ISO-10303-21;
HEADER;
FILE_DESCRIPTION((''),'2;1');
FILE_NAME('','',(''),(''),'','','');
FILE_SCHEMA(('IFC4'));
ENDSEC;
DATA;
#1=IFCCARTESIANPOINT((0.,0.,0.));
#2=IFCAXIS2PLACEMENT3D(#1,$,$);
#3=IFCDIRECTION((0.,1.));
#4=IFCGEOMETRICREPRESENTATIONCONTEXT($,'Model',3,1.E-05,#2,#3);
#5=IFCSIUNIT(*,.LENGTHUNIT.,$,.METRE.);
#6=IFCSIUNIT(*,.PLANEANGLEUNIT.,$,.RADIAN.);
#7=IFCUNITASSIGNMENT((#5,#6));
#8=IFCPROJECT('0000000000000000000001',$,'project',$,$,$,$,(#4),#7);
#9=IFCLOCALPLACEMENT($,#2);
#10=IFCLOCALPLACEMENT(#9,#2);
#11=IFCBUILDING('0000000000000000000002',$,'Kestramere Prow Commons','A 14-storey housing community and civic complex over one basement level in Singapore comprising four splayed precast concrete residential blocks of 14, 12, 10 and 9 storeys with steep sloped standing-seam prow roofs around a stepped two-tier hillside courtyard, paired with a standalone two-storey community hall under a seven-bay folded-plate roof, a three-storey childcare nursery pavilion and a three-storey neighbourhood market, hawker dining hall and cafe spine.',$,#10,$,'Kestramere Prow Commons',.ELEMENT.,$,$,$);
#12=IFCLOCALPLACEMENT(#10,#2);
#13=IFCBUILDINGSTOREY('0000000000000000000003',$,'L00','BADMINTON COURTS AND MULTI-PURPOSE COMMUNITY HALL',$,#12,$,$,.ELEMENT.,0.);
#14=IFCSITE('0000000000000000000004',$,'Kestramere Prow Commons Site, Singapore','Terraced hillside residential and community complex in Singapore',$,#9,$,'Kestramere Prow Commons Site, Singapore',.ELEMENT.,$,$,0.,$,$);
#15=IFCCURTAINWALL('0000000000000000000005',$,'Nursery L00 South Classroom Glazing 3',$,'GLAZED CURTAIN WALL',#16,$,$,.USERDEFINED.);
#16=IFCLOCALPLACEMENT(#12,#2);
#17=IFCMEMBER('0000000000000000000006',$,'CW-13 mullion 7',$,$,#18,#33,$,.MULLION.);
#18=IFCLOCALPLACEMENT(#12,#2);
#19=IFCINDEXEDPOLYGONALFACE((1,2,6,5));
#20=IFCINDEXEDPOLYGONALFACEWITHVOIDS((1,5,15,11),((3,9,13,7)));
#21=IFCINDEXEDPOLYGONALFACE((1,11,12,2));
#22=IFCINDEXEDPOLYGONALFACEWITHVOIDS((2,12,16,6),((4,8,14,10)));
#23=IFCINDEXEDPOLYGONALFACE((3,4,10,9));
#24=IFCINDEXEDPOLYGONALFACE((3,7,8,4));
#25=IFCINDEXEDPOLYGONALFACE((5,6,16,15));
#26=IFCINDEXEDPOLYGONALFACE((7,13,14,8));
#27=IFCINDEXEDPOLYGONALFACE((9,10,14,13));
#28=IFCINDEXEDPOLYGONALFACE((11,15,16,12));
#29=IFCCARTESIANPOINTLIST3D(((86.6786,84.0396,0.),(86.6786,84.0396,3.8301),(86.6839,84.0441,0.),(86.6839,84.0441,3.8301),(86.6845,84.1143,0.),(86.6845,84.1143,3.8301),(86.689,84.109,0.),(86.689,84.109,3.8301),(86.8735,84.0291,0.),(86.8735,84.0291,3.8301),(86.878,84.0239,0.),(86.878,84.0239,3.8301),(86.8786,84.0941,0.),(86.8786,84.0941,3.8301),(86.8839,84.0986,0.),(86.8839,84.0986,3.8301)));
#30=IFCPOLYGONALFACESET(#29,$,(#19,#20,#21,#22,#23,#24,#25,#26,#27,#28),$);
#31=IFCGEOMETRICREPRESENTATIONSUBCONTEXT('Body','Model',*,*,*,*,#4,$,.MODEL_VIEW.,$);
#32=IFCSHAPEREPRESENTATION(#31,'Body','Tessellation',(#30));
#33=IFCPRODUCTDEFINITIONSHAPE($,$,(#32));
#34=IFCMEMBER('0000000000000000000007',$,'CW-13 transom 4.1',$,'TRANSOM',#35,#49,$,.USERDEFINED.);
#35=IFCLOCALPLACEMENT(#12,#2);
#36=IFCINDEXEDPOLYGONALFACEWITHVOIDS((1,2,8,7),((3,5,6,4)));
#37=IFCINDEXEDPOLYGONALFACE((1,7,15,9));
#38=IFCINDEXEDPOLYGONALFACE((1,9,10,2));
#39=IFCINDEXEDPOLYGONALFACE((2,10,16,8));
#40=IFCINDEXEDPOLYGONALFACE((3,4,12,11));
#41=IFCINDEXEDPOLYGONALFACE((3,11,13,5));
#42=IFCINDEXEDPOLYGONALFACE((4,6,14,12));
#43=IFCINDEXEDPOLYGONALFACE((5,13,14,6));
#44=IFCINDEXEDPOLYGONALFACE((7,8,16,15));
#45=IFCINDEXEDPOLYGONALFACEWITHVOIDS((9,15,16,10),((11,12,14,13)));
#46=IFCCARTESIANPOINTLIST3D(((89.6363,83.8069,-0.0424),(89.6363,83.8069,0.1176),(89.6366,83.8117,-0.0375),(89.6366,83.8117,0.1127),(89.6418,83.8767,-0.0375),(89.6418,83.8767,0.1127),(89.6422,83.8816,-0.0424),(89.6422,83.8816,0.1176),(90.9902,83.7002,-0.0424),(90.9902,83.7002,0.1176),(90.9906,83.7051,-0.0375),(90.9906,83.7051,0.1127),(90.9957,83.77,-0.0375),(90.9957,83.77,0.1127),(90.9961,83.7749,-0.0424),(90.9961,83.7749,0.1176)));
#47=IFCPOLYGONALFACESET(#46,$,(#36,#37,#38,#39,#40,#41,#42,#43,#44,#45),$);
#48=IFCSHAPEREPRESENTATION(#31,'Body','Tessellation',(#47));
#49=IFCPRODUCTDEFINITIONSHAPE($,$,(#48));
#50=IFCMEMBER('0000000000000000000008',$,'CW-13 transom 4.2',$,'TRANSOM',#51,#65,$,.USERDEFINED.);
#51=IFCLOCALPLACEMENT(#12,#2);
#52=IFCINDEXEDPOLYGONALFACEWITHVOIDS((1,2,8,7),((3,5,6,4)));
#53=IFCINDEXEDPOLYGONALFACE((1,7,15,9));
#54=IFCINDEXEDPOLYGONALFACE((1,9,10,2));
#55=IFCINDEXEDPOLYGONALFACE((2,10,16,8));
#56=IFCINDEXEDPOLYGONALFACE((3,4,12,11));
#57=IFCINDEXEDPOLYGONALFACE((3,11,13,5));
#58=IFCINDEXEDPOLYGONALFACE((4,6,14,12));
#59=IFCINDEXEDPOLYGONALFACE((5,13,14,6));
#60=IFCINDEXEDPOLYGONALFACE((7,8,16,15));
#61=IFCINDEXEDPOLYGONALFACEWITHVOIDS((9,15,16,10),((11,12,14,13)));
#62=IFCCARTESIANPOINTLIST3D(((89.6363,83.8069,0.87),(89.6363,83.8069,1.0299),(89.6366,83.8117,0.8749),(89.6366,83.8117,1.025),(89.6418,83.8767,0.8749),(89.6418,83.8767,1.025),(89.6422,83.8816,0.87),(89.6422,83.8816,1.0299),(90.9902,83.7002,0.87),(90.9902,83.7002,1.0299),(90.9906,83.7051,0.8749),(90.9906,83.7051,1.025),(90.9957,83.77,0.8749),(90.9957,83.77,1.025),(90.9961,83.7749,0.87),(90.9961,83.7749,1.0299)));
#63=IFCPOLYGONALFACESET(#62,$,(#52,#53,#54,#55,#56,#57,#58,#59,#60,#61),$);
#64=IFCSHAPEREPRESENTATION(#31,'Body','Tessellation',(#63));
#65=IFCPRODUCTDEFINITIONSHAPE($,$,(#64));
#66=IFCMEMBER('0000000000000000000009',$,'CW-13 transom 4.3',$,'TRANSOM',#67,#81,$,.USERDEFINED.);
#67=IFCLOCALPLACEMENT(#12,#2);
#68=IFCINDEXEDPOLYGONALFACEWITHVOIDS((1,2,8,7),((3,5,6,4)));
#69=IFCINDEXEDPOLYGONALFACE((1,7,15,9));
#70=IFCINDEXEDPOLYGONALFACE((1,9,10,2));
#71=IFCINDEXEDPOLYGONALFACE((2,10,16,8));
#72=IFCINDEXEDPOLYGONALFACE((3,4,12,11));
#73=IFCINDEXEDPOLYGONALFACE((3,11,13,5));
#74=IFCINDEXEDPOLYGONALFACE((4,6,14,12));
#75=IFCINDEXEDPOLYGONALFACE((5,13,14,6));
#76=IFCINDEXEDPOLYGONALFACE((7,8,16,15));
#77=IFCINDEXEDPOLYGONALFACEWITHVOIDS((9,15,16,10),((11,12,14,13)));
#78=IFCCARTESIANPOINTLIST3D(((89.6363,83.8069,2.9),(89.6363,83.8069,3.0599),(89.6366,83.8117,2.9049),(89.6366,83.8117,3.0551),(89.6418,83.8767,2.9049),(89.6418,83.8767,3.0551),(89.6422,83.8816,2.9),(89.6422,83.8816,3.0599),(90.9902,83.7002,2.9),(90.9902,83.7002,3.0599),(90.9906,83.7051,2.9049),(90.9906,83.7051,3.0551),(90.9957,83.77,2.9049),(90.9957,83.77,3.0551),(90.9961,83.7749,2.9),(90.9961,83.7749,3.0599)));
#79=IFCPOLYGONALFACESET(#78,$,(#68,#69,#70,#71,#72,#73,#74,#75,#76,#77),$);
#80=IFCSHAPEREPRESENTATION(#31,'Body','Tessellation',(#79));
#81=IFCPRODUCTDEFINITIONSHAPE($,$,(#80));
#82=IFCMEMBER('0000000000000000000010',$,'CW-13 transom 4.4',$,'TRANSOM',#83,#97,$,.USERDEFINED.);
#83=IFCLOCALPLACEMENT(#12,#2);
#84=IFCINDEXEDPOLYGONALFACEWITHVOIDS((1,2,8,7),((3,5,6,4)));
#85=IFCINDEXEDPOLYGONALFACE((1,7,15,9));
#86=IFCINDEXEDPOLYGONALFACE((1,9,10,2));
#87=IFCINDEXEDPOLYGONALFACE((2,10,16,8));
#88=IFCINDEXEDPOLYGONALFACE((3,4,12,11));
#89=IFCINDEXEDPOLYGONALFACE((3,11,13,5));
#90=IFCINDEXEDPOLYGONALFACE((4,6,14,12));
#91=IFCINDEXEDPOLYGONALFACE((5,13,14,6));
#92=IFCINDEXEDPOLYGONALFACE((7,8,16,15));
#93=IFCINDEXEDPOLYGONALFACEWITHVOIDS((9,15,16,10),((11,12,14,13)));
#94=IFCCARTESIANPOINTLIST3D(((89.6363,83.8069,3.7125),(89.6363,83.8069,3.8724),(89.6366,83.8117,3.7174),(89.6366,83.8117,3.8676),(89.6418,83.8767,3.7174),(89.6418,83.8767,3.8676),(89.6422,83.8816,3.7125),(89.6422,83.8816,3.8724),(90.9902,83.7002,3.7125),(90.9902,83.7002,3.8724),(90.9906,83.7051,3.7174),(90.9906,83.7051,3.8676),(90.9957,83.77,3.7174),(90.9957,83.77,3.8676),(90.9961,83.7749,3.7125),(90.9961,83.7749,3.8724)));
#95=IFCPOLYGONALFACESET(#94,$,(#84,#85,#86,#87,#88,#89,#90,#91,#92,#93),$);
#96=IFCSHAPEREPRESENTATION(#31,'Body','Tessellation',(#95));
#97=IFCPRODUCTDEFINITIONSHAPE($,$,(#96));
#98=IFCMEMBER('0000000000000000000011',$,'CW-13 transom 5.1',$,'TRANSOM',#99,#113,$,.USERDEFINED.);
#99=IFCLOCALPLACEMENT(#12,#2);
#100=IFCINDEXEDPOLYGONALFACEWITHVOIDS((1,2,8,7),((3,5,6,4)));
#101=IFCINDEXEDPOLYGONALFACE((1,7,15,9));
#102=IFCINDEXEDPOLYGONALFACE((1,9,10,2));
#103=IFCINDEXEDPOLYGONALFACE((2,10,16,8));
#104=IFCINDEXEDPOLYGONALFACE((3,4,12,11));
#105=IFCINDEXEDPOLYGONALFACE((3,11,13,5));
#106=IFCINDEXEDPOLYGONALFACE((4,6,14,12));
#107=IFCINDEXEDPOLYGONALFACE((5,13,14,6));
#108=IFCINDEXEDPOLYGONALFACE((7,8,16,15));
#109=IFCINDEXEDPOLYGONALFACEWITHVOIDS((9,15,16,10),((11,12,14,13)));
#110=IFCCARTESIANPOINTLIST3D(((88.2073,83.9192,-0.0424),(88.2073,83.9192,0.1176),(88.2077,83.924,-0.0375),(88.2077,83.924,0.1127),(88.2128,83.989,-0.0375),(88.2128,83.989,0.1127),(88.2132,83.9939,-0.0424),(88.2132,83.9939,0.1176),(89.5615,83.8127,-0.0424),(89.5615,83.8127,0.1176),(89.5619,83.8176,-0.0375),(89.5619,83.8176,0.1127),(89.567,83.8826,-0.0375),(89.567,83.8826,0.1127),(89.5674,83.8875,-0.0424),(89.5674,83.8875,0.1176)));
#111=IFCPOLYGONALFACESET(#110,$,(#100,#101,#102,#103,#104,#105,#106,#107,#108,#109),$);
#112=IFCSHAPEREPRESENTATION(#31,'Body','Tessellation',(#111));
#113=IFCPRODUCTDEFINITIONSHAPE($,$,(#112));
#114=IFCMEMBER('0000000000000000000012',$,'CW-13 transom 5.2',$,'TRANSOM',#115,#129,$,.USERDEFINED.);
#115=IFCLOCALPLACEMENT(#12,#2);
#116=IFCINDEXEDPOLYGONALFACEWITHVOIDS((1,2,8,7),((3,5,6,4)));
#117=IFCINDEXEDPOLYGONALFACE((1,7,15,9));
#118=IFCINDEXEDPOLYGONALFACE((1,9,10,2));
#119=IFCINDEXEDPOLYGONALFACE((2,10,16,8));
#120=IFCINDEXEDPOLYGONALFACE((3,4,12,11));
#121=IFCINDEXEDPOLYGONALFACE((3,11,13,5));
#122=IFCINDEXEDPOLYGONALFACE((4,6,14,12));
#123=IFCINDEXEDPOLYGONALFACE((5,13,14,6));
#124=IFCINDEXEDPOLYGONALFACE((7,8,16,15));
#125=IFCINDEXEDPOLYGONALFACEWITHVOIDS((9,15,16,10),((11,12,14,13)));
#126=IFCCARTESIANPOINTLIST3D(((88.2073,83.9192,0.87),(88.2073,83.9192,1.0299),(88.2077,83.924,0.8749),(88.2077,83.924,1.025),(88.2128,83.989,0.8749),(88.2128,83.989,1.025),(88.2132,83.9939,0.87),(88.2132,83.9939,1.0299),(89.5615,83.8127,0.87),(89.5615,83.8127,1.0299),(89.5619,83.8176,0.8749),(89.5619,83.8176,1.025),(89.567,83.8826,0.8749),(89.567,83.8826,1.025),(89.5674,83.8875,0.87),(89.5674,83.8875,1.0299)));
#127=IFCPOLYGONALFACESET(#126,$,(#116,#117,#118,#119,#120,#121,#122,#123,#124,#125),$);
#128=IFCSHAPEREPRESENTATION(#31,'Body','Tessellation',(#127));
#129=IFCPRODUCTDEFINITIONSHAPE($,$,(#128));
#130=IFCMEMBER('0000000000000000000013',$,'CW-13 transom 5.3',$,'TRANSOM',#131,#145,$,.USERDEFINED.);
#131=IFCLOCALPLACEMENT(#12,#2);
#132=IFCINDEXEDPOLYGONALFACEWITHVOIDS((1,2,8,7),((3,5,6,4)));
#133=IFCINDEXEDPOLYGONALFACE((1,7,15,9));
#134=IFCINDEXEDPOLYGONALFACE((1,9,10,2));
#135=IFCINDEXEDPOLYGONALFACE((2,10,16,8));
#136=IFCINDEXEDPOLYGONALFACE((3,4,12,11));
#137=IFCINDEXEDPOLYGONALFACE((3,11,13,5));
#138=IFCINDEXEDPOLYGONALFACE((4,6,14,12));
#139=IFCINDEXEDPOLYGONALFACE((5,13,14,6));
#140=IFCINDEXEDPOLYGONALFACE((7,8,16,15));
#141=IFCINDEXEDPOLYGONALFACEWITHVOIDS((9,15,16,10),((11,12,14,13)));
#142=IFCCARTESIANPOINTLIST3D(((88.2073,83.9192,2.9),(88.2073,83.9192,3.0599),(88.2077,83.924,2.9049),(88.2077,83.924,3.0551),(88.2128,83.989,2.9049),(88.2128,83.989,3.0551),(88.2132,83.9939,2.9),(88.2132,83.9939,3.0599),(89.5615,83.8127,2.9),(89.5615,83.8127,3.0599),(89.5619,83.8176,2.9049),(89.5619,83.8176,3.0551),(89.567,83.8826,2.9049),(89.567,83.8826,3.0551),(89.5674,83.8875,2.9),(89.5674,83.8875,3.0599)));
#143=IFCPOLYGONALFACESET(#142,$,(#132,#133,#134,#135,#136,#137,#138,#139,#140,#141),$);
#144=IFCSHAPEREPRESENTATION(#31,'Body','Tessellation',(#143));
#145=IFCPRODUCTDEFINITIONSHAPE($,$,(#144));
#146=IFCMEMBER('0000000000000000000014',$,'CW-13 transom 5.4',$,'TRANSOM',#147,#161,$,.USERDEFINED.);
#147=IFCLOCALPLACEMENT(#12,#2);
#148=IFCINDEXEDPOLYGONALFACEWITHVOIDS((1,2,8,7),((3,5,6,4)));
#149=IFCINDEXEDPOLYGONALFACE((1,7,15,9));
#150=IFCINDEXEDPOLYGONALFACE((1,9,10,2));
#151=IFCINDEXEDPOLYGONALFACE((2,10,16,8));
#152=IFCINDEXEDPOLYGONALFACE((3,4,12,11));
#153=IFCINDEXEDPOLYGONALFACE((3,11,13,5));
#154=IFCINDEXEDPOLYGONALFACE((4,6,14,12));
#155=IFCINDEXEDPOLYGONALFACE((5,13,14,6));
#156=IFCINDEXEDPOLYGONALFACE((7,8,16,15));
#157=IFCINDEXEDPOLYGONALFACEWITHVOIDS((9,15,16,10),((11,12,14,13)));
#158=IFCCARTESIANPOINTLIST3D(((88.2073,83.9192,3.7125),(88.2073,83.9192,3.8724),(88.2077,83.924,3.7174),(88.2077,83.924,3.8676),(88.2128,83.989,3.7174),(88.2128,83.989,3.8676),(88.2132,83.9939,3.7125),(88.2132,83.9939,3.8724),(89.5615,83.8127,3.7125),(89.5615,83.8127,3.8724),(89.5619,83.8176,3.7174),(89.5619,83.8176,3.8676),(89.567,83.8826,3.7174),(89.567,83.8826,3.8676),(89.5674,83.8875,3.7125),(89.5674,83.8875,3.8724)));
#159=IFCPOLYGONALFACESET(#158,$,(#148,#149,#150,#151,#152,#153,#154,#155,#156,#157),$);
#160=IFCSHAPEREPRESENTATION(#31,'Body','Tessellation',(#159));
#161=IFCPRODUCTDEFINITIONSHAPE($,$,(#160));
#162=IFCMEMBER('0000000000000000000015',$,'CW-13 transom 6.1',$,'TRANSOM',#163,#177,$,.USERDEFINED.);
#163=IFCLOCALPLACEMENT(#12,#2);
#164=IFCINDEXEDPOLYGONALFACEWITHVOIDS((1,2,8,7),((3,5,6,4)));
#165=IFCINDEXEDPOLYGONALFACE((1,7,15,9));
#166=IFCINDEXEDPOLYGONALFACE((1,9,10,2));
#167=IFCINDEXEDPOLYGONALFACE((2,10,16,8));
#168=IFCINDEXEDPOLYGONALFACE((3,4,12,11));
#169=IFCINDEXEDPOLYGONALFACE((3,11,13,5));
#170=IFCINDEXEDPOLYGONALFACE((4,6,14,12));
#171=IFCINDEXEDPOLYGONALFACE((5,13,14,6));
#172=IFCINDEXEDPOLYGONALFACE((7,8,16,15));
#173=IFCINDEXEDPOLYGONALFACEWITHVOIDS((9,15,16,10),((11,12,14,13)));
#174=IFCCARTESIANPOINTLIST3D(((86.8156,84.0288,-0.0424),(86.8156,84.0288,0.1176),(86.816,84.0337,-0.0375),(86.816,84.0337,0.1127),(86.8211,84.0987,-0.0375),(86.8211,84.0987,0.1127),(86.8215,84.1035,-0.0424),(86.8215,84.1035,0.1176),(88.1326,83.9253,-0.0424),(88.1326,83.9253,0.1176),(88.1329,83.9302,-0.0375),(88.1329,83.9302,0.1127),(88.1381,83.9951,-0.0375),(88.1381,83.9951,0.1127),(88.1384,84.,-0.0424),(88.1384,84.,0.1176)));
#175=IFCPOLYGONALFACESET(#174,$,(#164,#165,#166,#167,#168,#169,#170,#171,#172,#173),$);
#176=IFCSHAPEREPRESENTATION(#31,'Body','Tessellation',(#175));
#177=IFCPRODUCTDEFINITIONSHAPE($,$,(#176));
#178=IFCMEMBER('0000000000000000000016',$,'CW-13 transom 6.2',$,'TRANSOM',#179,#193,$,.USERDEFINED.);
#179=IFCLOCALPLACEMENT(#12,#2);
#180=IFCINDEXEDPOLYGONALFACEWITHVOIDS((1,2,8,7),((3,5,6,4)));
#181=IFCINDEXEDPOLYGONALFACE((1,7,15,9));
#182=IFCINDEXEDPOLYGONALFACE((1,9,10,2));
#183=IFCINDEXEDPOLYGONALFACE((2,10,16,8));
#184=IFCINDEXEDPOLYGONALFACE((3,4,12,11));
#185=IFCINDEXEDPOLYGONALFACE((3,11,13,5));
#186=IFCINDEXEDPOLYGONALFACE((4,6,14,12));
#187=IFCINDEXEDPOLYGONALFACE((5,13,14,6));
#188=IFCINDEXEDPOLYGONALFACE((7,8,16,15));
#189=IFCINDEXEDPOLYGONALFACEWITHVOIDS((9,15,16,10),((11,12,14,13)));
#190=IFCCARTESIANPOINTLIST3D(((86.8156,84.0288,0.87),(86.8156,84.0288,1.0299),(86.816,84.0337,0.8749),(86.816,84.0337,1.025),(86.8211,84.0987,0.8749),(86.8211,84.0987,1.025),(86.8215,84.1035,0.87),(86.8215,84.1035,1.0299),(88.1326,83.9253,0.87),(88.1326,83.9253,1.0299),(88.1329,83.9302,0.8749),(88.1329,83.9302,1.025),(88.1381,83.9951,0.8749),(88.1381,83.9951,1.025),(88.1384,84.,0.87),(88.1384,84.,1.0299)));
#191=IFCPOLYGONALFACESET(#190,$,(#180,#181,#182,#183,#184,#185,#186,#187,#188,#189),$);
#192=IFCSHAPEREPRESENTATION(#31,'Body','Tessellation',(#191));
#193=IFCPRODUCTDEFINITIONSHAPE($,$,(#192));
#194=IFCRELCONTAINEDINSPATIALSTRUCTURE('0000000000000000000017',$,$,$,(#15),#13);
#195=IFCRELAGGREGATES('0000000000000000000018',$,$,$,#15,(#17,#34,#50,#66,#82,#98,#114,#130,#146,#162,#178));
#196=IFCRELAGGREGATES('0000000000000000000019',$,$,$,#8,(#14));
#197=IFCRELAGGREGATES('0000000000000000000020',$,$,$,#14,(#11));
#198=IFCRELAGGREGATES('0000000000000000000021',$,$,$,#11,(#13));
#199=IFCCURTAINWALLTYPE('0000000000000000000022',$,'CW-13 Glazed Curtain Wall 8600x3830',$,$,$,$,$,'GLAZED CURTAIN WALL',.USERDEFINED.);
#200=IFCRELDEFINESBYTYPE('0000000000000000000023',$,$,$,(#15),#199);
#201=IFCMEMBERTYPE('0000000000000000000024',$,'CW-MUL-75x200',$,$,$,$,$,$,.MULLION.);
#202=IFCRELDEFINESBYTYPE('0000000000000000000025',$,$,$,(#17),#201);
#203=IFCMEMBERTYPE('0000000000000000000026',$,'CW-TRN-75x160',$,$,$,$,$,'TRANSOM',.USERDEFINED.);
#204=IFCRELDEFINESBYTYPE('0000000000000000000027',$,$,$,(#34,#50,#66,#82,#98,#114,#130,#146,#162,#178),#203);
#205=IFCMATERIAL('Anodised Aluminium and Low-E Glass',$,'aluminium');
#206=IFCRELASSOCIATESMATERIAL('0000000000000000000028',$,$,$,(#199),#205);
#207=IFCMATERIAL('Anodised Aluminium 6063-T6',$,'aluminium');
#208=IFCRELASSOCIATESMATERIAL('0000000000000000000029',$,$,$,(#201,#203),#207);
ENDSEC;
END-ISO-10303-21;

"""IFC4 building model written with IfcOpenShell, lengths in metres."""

from ifc_helpers import new_model, si_unit, direction, frame, origin, origin_2d, place, context, subcontext, project, spatial, hollow_rectangle, extrude, material, material_profile, profile_set, type_object, element, aggregate, save


model = new_model("IFC4")

# Units and contexts
model_context = context("Model", 3, precision=1e-05, world=origin(), true_north=direction((0.0, 1.0)))
body_context = subcontext(model_context, "Body", "Model", "MODEL_VIEW")
ifc_project = project(units=[si_unit("LENGTHUNIT", "METRE"), si_unit("PLANEANGLEUNIT", "RADIAN")], contexts=[model_context])

# Site, building, storey
site_placement = place(None, origin())
site = spatial("IfcSite", under=ifc_project, at=site_placement, Name="Kestramere Prow Commons Site, Singapore", Description="Terraced hillside residential and community complex in Singapore", LongName="Kestramere Prow Commons Site, Singapore", CompositionType="ELEMENT", RefElevation=0.0)
building_placement = place(site_placement, origin())
building = spatial("IfcBuilding", under=site, at=building_placement, Name="Kestramere Prow Commons", Description="A 14-storey housing community and civic complex over one basement level in Singapore comprising four splayed precast concrete residential blocks of 14, 12, 10 and 9 storeys with steep sloped standing-seam prow roofs around a stepped two-tier hillside courtyard, paired with a standalone two-storey community hall under a seven-bay folded-plate roof, a three-storey childcare nursery pavilion and a three-storey neighbourhood market, hawker dining hall and cafe spine.", LongName="Kestramere Prow Commons", CompositionType="ELEMENT")
storey_placement = place(building_placement, origin())
storey = spatial("IfcBuildingStorey", under=building, at=storey_placement, Name="L00", Description="BADMINTON COURTS AND MULTI-PURPOSE COMMUNITY HALL", CompositionType="ELEMENT", Elevation=0.0)

# Curtain wall, members
ifc_material_1 = material(Name="Anodised Aluminium and Low-E Glass", Category="aluminium")
curtain_wall_type = type_object("IfcCurtainWallType", Name="CW-13 Glazed Curtain Wall 8600x3830", ElementType="GLAZED CURTAIN WALL", PredefinedType="USERDEFINED", material=ifc_material_1)
curtain_wall_placement = place(storey_placement, origin())
curtain_wall = element("IfcCurtainWall", 1, at=curtain_wall_placement, inside=storey, type_object=curtain_wall_type, Name="Nursery L00 South Classroom Glazing 3", ObjectType="GLAZED CURTAIN WALL", PredefinedType="USERDEFINED")
ifc_material_2 = material(Name="Anodised Aluminium 6063-T6", Category="aluminium")
ifc_material_profile_1 = material_profile(ifc_material_2, hollow_rectangle(XDim=0.075, YDim=0.2, WallThickness=0.0049, at=origin_2d()), Name="ALU-MUL 75x200")
ifc_profile_set_1 = profile_set([ifc_material_profile_1], Name="Anodised Aluminium 6063-T6")
member_type_1 = type_object("IfcMemberType", Name="CW-MUL-75x200", PredefinedType="MULLION", material=ifc_profile_set_1)
member_1_placement = place(storey_placement, frame((86.7812, 84.0691, 0.0), z_axis=(0.0, 0.0, 1.0), x_axis=(-0.078459, -0.996917, 0.0)))
member_1 = element("IfcMember", 2, at=member_1_placement, type_object=member_type_1, Name="CW-13 mullion 7", PredefinedType="MULLION", context=body_context, shape_type="SweptSolid", body=[
    extrude(hollow_rectangle(XDim=0.075, YDim=0.2, WallThickness=0.0049, at=origin_2d()), origin(), (0.0, 0.0, 1.0), 3.8301),
])
ifc_material_profile_2 = material_profile(ifc_material_2, hollow_rectangle(XDim=0.075, YDim=0.1599, WallThickness=0.0049, at=origin_2d()), Name="ALU-TRN 75x160")
ifc_profile_set_2 = profile_set([ifc_material_profile_2], Name="Anodised Aluminium 6063-T6")
member_type_2 = type_object("IfcMemberType", Name="CW-TRN-75x160", ElementType="TRANSOM", PredefinedType="USERDEFINED", material=ifc_profile_set_2)
member_2_placement = place(storey_placement, frame((90.9932, 83.7375, 0.0376), z_axis=(-0.99691, 0.078552, 0.0), x_axis=(-0.078552, -0.99691, 0.0)))
member_2 = element("IfcMember", 3, at=member_2_placement, type_object=member_type_2, Name="CW-13 transom 4.1", ObjectType="TRANSOM", PredefinedType="USERDEFINED", context=body_context, shape_type="SweptSolid", body=[
    extrude(hollow_rectangle(XDim=0.075, YDim=0.1599, WallThickness=0.0049, at=origin_2d()), origin(), (0.0, 0.0, 1.0), 1.3582),
])
member_3_placement = place(storey_placement, frame((90.9932, 83.7375, 0.95), z_axis=(-0.99691, 0.078552, 0.0), x_axis=(-0.078552, -0.99691, 0.0)))
member_3 = element("IfcMember", 4, at=member_3_placement, type_object=member_type_2, Name="CW-13 transom 4.2", ObjectType="TRANSOM", PredefinedType="USERDEFINED", context=body_context, shape_type="SweptSolid", body=[
    extrude(hollow_rectangle(XDim=0.075, YDim=0.1599, WallThickness=0.0049, at=origin_2d()), origin(), (0.0, 0.0, 1.0), 1.3582),
])
member_4_placement = place(storey_placement, frame((90.9932, 83.7375, 2.98), z_axis=(-0.99691, 0.078552, 0.0), x_axis=(-0.078552, -0.99691, 0.0)))
member_4 = element("IfcMember", 5, at=member_4_placement, type_object=member_type_2, Name="CW-13 transom 4.3", ObjectType="TRANSOM", PredefinedType="USERDEFINED", context=body_context, shape_type="SweptSolid", body=[
    extrude(hollow_rectangle(XDim=0.075, YDim=0.1599, WallThickness=0.0049, at=origin_2d()), origin(), (0.0, 0.0, 1.0), 1.3582),
])
member_5_placement = place(storey_placement, frame((90.9932, 83.7375, 3.7925), z_axis=(-0.99691, 0.078552, 0.0), x_axis=(-0.078552, -0.99691, 0.0)))
member_5 = element("IfcMember", 6, at=member_5_placement, type_object=member_type_2, Name="CW-13 transom 4.4", ObjectType="TRANSOM", PredefinedType="USERDEFINED", context=body_context, shape_type="SweptSolid", body=[
    extrude(hollow_rectangle(XDim=0.075, YDim=0.1599, WallThickness=0.0049, at=origin_2d()), origin(), (0.0, 0.0, 1.0), 1.3582),
])
member_6_placement = place(storey_placement, frame((89.5645, 83.8501, 0.0376), z_axis=(-0.996925, 0.078359, 0.0), x_axis=(-0.078359, -0.996925, 0.0)))
member_6 = element("IfcMember", 7, at=member_6_placement, type_object=member_type_2, Name="CW-13 transom 5.1", ObjectType="TRANSOM", PredefinedType="USERDEFINED", context=body_context, shape_type="SweptSolid", body=[
    extrude(hollow_rectangle(XDim=0.075, YDim=0.1599, WallThickness=0.0049, at=origin_2d()), origin(), (0.0, 0.0, 1.0), 1.3584),
])
member_7_placement = place(storey_placement, frame((89.5645, 83.8501, 0.95), z_axis=(-0.996925, 0.078359, 0.0), x_axis=(-0.078359, -0.996925, 0.0)))
member_7 = element("IfcMember", 8, at=member_7_placement, type_object=member_type_2, Name="CW-13 transom 5.2", ObjectType="TRANSOM", PredefinedType="USERDEFINED", context=body_context, shape_type="SweptSolid", body=[
    extrude(hollow_rectangle(XDim=0.075, YDim=0.1599, WallThickness=0.0049, at=origin_2d()), origin(), (0.0, 0.0, 1.0), 1.3584),
])
member_8_placement = place(storey_placement, frame((89.5645, 83.8501, 2.98), z_axis=(-0.996925, 0.078359, 0.0), x_axis=(-0.078359, -0.996925, 0.0)))
member_8 = element("IfcMember", 9, at=member_8_placement, type_object=member_type_2, Name="CW-13 transom 5.3", ObjectType="TRANSOM", PredefinedType="USERDEFINED", context=body_context, shape_type="SweptSolid", body=[
    extrude(hollow_rectangle(XDim=0.075, YDim=0.1599, WallThickness=0.0049, at=origin_2d()), origin(), (0.0, 0.0, 1.0), 1.3584),
])
member_9_placement = place(storey_placement, frame((89.5645, 83.8501, 3.7925), z_axis=(-0.996925, 0.078359, 0.0), x_axis=(-0.078359, -0.996925, 0.0)))
member_9 = element("IfcMember", 10, at=member_9_placement, type_object=member_type_2, Name="CW-13 transom 5.4", ObjectType="TRANSOM", PredefinedType="USERDEFINED", context=body_context, shape_type="SweptSolid", body=[
    extrude(hollow_rectangle(XDim=0.075, YDim=0.1599, WallThickness=0.0049, at=origin_2d()), origin(), (0.0, 0.0, 1.0), 1.3584),
])
member_10_placement = place(storey_placement, frame((88.1355, 83.9626, 0.0376), z_axis=(-0.996925, 0.078364, 0.0), x_axis=(-0.078364, -0.996925, 0.0)))
member_10 = element("IfcMember", 11, at=member_10_placement, type_object=member_type_2, Name="CW-13 transom 6.1", ObjectType="TRANSOM", PredefinedType="USERDEFINED", context=body_context, shape_type="SweptSolid", body=[
    extrude(hollow_rectangle(XDim=0.075, YDim=0.1599, WallThickness=0.0049, at=origin_2d()), origin(), (0.0, 0.0, 1.0), 1.321),
])
member_11_placement = place(storey_placement, frame((88.1355, 83.9626, 0.95), z_axis=(-0.996925, 0.078364, 0.0), x_axis=(-0.078364, -0.996925, 0.0)))
member_11 = element("IfcMember", 12, at=member_11_placement, type_object=member_type_2, Name="CW-13 transom 6.2", ObjectType="TRANSOM", PredefinedType="USERDEFINED", context=body_context, shape_type="SweptSolid", body=[
    extrude(hollow_rectangle(XDim=0.075, YDim=0.1599, WallThickness=0.0049, at=origin_2d()), origin(), (0.0, 0.0, 1.0), 1.321),
])
aggregate(curtain_wall, [member_1, member_2, member_3, member_4, member_5, member_6, member_7, member_8, member_9, member_10, member_11])

save(model, "model.ifc")
